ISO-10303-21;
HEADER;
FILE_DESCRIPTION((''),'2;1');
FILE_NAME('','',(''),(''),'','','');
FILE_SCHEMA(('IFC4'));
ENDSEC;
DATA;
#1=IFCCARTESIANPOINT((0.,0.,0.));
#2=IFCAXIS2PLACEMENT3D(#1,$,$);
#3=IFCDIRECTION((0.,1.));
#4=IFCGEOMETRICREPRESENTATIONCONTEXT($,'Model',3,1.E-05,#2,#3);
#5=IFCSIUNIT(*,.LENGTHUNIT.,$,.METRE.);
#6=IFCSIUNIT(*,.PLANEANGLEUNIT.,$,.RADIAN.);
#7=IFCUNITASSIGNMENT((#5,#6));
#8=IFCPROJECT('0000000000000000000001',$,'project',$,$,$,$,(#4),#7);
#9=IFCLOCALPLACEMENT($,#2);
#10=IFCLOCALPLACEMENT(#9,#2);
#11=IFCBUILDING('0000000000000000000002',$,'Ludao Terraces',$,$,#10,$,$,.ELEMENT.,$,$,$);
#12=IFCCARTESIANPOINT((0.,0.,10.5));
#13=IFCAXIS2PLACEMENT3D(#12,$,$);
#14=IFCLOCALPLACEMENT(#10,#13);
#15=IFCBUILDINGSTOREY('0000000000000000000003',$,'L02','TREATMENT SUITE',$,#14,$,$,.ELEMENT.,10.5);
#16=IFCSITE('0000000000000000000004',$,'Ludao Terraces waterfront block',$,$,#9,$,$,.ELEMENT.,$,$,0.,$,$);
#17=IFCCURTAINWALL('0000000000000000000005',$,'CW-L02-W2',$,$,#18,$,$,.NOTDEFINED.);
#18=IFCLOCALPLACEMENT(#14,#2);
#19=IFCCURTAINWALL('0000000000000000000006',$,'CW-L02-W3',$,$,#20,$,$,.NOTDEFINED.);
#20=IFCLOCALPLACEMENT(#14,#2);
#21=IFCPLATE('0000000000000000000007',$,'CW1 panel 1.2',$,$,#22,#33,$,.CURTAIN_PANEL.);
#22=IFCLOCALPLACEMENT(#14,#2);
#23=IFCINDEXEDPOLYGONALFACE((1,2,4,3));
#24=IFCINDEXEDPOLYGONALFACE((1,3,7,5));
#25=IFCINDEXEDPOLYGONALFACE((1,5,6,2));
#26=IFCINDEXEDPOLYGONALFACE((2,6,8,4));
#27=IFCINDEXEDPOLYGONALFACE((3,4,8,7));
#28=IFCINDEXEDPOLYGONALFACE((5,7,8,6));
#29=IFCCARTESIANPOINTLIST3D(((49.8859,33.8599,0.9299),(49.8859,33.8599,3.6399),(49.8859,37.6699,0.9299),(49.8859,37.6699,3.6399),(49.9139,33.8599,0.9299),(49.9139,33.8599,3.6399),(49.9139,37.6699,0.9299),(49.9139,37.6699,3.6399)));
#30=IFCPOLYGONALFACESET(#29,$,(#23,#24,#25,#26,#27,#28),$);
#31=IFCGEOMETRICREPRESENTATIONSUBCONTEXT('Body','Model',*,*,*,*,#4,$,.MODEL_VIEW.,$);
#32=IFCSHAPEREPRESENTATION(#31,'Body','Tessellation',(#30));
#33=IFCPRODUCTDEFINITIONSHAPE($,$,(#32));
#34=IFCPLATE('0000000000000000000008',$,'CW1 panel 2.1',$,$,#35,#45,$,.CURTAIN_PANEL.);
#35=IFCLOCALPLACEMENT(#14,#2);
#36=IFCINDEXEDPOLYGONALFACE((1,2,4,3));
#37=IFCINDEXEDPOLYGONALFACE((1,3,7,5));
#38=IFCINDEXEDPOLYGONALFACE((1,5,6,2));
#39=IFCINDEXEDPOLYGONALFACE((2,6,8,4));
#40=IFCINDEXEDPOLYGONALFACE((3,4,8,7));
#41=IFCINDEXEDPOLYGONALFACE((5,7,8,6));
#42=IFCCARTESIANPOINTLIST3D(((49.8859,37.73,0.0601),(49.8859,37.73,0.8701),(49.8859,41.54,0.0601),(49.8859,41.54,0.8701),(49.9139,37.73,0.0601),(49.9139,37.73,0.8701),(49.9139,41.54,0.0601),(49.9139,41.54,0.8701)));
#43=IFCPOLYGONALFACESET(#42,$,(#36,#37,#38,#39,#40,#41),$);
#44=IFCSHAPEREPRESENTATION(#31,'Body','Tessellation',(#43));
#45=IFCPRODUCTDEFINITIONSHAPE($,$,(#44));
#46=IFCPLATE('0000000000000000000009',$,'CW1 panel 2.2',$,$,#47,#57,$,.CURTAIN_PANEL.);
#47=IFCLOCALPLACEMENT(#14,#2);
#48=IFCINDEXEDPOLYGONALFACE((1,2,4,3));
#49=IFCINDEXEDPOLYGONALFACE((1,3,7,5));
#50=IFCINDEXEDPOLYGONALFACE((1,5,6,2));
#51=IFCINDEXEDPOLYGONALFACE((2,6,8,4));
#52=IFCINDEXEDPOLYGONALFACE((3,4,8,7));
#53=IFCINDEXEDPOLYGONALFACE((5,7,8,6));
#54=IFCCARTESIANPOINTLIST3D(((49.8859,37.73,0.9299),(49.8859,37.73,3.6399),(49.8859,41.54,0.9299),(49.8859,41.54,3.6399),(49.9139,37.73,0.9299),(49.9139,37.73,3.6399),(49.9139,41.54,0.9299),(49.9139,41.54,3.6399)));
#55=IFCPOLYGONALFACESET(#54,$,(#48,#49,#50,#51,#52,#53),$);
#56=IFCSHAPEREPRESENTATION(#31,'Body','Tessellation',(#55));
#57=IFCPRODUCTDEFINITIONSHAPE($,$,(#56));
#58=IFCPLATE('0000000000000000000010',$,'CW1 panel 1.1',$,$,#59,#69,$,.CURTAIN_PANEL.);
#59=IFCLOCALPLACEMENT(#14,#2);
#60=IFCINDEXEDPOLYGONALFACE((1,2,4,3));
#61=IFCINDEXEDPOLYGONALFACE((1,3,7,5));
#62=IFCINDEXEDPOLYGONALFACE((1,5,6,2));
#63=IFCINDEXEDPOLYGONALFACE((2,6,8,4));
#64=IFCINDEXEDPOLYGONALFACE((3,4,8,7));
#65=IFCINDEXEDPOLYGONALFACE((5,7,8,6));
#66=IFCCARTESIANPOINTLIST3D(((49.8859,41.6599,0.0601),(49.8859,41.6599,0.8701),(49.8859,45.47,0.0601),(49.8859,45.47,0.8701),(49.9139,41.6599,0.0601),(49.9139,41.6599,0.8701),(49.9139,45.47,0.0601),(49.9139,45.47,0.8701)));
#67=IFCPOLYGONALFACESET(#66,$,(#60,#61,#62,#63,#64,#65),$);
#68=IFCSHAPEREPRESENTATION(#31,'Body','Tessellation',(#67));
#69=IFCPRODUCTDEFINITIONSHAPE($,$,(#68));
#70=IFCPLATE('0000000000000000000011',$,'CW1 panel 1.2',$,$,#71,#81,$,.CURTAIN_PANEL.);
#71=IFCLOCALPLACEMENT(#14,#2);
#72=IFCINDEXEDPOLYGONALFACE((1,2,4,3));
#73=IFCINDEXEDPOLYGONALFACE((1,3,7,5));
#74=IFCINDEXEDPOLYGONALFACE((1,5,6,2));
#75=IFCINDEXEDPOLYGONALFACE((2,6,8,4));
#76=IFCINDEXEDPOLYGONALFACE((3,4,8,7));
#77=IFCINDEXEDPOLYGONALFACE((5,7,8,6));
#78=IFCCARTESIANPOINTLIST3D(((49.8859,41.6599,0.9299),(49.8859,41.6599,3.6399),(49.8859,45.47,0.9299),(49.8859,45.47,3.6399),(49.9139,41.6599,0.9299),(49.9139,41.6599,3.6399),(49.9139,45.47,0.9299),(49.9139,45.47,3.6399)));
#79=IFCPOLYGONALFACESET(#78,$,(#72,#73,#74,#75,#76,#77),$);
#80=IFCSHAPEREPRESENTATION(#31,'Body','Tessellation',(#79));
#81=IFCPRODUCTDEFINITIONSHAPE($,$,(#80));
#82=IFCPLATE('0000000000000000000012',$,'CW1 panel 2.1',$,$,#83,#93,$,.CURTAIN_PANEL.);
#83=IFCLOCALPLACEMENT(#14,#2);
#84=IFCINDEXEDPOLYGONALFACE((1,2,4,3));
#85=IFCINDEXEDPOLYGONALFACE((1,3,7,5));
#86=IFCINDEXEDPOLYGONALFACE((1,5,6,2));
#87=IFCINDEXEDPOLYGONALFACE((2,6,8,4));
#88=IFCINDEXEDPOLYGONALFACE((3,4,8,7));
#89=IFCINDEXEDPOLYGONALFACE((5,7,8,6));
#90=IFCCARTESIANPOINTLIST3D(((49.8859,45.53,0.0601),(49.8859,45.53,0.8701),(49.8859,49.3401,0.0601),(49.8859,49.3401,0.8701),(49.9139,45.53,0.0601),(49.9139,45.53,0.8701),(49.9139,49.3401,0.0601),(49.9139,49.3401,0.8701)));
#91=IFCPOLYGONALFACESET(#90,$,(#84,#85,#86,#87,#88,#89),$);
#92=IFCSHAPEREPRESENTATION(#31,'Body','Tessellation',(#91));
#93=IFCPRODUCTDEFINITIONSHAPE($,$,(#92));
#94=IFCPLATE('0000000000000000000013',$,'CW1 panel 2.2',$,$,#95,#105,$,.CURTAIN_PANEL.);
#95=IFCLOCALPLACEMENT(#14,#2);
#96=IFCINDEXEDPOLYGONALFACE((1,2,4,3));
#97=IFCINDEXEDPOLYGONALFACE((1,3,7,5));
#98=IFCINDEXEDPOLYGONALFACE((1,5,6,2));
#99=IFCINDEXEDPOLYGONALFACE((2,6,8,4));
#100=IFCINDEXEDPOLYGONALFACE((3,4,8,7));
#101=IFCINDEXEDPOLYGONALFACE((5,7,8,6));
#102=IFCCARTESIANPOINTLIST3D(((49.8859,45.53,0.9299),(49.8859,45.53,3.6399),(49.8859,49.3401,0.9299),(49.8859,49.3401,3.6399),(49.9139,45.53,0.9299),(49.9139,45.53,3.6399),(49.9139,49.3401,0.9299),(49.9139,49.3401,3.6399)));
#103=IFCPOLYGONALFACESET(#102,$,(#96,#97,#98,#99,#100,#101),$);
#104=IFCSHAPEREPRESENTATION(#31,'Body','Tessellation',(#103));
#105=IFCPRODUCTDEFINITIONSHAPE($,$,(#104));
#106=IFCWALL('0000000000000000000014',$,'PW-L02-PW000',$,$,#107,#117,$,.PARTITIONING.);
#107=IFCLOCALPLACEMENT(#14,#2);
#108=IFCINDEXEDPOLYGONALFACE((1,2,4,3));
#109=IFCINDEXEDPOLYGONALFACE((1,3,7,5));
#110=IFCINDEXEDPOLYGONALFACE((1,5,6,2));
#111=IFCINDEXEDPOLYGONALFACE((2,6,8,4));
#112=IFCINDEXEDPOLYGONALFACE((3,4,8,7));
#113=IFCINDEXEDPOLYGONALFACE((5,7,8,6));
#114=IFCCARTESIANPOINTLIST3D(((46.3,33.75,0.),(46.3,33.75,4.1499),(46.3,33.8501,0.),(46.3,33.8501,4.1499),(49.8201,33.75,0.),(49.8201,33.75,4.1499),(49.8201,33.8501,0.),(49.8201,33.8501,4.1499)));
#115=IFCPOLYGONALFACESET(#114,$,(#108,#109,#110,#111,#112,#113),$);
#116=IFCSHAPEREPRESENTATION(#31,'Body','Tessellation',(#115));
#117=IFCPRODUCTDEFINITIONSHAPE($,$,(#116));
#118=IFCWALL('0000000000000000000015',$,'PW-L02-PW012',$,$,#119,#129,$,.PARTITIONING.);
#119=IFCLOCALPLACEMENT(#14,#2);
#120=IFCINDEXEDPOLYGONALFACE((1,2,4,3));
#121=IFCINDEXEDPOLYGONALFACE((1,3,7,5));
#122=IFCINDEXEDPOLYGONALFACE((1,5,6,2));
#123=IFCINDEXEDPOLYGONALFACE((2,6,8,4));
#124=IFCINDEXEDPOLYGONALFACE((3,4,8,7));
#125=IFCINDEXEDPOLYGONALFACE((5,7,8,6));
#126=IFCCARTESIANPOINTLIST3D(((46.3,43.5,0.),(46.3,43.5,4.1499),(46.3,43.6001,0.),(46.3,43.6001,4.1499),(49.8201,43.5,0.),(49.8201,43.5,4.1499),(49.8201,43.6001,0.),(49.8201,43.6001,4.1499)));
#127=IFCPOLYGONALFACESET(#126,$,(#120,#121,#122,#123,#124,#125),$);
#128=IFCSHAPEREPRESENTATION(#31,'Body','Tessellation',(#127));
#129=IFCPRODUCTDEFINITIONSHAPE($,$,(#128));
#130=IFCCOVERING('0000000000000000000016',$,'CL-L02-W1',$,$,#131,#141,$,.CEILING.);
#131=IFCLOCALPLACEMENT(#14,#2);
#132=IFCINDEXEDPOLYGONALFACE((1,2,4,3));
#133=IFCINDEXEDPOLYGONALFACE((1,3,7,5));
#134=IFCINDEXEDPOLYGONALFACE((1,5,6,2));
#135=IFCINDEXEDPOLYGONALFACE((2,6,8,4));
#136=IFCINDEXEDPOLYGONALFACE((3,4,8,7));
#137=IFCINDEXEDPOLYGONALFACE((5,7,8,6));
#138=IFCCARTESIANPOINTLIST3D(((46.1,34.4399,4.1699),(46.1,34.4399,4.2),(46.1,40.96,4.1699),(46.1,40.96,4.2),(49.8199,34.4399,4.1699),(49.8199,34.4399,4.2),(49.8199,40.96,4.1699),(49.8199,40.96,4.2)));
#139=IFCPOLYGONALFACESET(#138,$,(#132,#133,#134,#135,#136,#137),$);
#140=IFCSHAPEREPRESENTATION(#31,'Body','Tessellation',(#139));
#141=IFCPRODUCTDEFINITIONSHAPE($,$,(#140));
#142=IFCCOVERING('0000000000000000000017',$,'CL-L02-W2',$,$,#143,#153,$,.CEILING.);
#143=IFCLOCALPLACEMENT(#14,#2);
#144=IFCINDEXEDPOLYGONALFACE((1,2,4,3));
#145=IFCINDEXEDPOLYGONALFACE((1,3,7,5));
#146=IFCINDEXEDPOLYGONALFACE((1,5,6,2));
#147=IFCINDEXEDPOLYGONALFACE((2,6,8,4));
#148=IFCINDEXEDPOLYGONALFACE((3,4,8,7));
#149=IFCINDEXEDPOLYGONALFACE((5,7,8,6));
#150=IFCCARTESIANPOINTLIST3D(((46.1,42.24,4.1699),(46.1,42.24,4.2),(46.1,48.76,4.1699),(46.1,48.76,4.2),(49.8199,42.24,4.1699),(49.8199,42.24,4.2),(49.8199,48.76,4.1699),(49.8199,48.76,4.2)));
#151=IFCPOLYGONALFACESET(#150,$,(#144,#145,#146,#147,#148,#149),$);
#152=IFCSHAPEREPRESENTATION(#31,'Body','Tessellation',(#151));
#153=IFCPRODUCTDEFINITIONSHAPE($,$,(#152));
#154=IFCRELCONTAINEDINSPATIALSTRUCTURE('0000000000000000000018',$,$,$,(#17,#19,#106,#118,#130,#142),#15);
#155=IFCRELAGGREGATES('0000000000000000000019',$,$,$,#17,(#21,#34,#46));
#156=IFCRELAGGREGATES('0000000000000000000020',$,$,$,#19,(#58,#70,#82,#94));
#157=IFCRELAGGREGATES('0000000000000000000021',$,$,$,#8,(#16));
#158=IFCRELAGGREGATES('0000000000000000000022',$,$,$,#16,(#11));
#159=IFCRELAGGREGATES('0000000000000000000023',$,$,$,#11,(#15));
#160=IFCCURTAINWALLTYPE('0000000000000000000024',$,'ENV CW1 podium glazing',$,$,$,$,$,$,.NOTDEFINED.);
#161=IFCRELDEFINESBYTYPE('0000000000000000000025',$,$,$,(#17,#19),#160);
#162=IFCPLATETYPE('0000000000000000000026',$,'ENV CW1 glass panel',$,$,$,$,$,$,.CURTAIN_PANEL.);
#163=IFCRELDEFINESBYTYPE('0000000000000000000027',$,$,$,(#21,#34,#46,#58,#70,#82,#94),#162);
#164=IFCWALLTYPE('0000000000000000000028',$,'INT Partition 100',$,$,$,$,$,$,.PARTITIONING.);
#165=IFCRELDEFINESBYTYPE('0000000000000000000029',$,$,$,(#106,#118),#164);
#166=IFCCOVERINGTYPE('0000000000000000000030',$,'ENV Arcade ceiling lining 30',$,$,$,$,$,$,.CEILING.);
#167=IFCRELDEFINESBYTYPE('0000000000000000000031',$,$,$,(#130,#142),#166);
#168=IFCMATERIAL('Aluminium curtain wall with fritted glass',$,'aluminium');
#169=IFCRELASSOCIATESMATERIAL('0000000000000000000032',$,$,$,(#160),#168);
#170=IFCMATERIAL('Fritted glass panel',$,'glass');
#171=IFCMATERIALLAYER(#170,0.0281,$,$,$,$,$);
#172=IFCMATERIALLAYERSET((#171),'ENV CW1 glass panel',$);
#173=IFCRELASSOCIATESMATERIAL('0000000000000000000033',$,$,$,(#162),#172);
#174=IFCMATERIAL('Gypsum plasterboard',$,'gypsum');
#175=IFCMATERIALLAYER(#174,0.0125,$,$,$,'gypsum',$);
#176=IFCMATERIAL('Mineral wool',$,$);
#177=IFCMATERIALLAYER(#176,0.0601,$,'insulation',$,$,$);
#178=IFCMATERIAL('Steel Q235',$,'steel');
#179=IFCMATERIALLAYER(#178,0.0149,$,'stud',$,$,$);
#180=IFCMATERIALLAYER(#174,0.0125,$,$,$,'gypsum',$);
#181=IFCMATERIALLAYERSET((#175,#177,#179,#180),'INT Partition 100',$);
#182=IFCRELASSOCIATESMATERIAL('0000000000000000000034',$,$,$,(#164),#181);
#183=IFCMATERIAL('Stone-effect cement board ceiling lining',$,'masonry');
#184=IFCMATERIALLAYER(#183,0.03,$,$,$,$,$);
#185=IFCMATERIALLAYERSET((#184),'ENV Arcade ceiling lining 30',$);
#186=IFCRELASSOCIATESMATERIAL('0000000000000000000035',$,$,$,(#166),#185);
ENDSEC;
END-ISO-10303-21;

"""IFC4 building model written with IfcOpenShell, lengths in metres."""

from ifc_helpers import new_model, si_unit, direction, frame, frame_2d, origin, origin_2d, place, context, subcontext, project, spatial, rectangle, extrude, material, layer, layer_set, type_object, element, aggregate, save


model = new_model("IFC4")

# Units and contexts
model_context = context("Model", 3, precision=1e-05, world=origin(), true_north=direction((0.0, 1.0)))
body_context = subcontext(model_context, "Body", "Model", "MODEL_VIEW")
ifc_project = project(units=[si_unit("LENGTHUNIT", "METRE"), si_unit("PLANEANGLEUNIT", "RADIAN")], contexts=[model_context])

# Site, building, storey
site_placement = place(None, origin())
site = spatial("IfcSite", under=ifc_project, at=site_placement, Name="Ludao Terraces waterfront block", CompositionType="ELEMENT", RefElevation=0.0)
building_placement = place(site_placement, origin())
building = spatial("IfcBuilding", under=site, at=building_placement, Name="Ludao Terraces", CompositionType="ELEMENT")
storey_placement = place(building_placement, frame((0.0, 0.0, 10.5)))
storey = spatial("IfcBuildingStorey", under=building, at=storey_placement, Name="L02", Description="TREATMENT SUITE", CompositionType="ELEMENT", Elevation=10.5)

# Curtain walls
ifc_material_1 = material(Name="Aluminium curtain wall with fritted glass", Category="aluminium")
curtain_wall_type = type_object("IfcCurtainWallType", Name="ENV CW1 podium glazing", PredefinedType="NOTDEFINED", material=ifc_material_1)
curtain_wall_1_placement = place(storey_placement, origin())
curtain_wall_1 = element("IfcCurtainWall", 1, at=curtain_wall_1_placement, inside=storey, type_object=curtain_wall_type, Name="CW-L02-W2", PredefinedType="NOTDEFINED")
curtain_wall_2_placement = place(storey_placement, origin())
curtain_wall_2 = element("IfcCurtainWall", 2, at=curtain_wall_2_placement, inside=storey, type_object=curtain_wall_type, Name="CW-L02-W3", PredefinedType="NOTDEFINED")

# Plates
ifc_material_2 = material(Name="Fritted glass panel", Category="glass")
ifc_layer_1 = layer(ifc_material_2, 0.0281)
ifc_layer_set_1 = layer_set([ifc_layer_1], Name="ENV CW1 glass panel")
plate_type = type_object("IfcPlateType", Name="ENV CW1 glass panel", PredefinedType="CURTAIN_PANEL", material=ifc_layer_set_1)
plate_1_placement = place(storey_placement, frame((49.8999, 35.7649, 0.9299), z_axis=(0.0, 0.0, 1.0), x_axis=(0.0, 1.0, 0.0)))
plate_1 = element("IfcPlate", 3, at=plate_1_placement, type_object=plate_type, Name="CW1 panel 1.2", PredefinedType="CURTAIN_PANEL", context=body_context, shape_type="SweptSolid", body=[
    extrude(rectangle(XDim=3.8101, YDim=0.0281, at=origin_2d()), origin(), (0.0, 0.0, 1.0), 2.71),
])
plate_2_placement = place(storey_placement, frame((49.8999, 39.635, 0.0601), z_axis=(0.0, 0.0, 1.0), x_axis=(0.0, 1.0, 0.0)))
plate_2 = element("IfcPlate", 4, at=plate_2_placement, type_object=plate_type, Name="CW1 panel 2.1", PredefinedType="CURTAIN_PANEL", context=body_context, shape_type="SweptSolid", body=[
    extrude(rectangle(XDim=3.8101, YDim=0.0281, at=origin_2d()), origin(), (0.0, 0.0, 1.0), 0.8101),
])
plate_3_placement = place(storey_placement, frame((49.8999, 39.635, 0.9299), z_axis=(0.0, 0.0, 1.0), x_axis=(0.0, 1.0, 0.0)))
plate_3 = element("IfcPlate", 5, at=plate_3_placement, type_object=plate_type, Name="CW1 panel 2.2", PredefinedType="CURTAIN_PANEL", context=body_context, shape_type="SweptSolid", body=[
    extrude(rectangle(XDim=3.8101, YDim=0.0281, at=origin_2d()), origin(), (0.0, 0.0, 1.0), 2.71),
])
aggregate(curtain_wall_1, [plate_1, plate_2, plate_3])
plate_4_placement = place(storey_placement, frame((49.8999, 43.5649, 0.0601), z_axis=(0.0, 0.0, 1.0), x_axis=(0.0, 1.0, 0.0)))
plate_4 = element("IfcPlate", 6, at=plate_4_placement, type_object=plate_type, Name="CW1 panel 1.1", PredefinedType="CURTAIN_PANEL", context=body_context, shape_type="SweptSolid", body=[
    extrude(rectangle(XDim=3.8101, YDim=0.0281, at=origin_2d()), origin(), (0.0, 0.0, 1.0), 0.8101),
])
plate_5_placement = place(storey_placement, frame((49.8999, 43.5649, 0.9299), z_axis=(0.0, 0.0, 1.0), x_axis=(0.0, 1.0, 0.0)))
plate_5 = element("IfcPlate", 7, at=plate_5_placement, type_object=plate_type, Name="CW1 panel 1.2", PredefinedType="CURTAIN_PANEL", context=body_context, shape_type="SweptSolid", body=[
    extrude(rectangle(XDim=3.8101, YDim=0.0281, at=origin_2d()), origin(), (0.0, 0.0, 1.0), 2.71),
])
plate_6_placement = place(storey_placement, frame((49.8999, 47.4351, 0.0601), z_axis=(0.0, 0.0, 1.0), x_axis=(0.0, 1.0, 0.0)))
plate_6 = element("IfcPlate", 8, at=plate_6_placement, type_object=plate_type, Name="CW1 panel 2.1", PredefinedType="CURTAIN_PANEL", context=body_context, shape_type="SweptSolid", body=[
    extrude(rectangle(XDim=3.8101, YDim=0.0281, at=origin_2d()), origin(), (0.0, 0.0, 1.0), 0.8101),
])
plate_7_placement = place(storey_placement, frame((49.8999, 47.4351, 0.9299), z_axis=(0.0, 0.0, 1.0), x_axis=(0.0, 1.0, 0.0)))
plate_7 = element("IfcPlate", 9, at=plate_7_placement, type_object=plate_type, Name="CW1 panel 2.2", PredefinedType="CURTAIN_PANEL", context=body_context, shape_type="SweptSolid", body=[
    extrude(rectangle(XDim=3.8101, YDim=0.0281, at=origin_2d()), origin(), (0.0, 0.0, 1.0), 2.71),
])
aggregate(curtain_wall_2, [plate_4, plate_5, plate_6, plate_7])

# Walls
ifc_material_3 = material(Name="Gypsum plasterboard", Category="gypsum")
ifc_layer_2 = layer(ifc_material_3, 0.0125, Category="gypsum")
ifc_material_4 = material(Name="Mineral wool")
ifc_layer_3 = layer(ifc_material_4, 0.0601, Name="insulation")
ifc_material_5 = material(Name="Steel Q235", Category="steel")
ifc_layer_4 = layer(ifc_material_5, 0.0149, Name="stud")
ifc_layer_5 = layer(ifc_material_3, 0.0125, Category="gypsum")
ifc_layer_set_2 = layer_set([ifc_layer_2, ifc_layer_3, ifc_layer_4, ifc_layer_5], Name="INT Partition 100")
wall_type = type_object("IfcWallType", Name="INT Partition 100", PredefinedType="PARTITIONING", material=ifc_layer_set_2)
for number, where, z_axis, x_axis, name in (
    (10, (46.3, 33.8, 0.0), (0.0, 0.0, 1.0), (1.0, 0.0, 0.0), "PW-L02-PW000"),
    (11, (46.3, 43.55, 0.0), (0.0, 0.0, 1.0), (1.0, 0.0, 0.0), "PW-L02-PW012"),
):
    element("IfcWall", number, at=place(storey_placement, frame(where, z_axis=z_axis, x_axis=x_axis)), inside=storey, type_object=wall_type, Name=name, PredefinedType="PARTITIONING", context=body_context, shape_type="SweptSolid", body=[
        extrude(rectangle(XDim=3.52, YDim=0.1001, at=frame_2d((1.76, 0.0))), origin(), (0.0, 0.0, 1.0), 4.1499),
    ])

# Coverings
ifc_material_6 = material(Name="Stone-effect cement board ceiling lining", Category="masonry")
ifc_layer_6 = layer(ifc_material_6, 0.03)
ifc_layer_set_3 = layer_set([ifc_layer_6], Name="ENV Arcade ceiling lining 30")
covering_type = type_object("IfcCoveringType", Name="ENV Arcade ceiling lining 30", PredefinedType="CEILING", material=ifc_layer_set_3)
for number, where, z_axis, x_axis, name in (
    (12, (47.96, 37.7, 4.1699), (0.0, 0.0, 1.0), (1.0, 0.0, 0.0), "CL-L02-W1"),
    (13, (47.96, 45.5, 4.1699), (0.0, 0.0, 1.0), (1.0, 0.0, 0.0), "CL-L02-W2"),
):
    element("IfcCovering", number, at=place(storey_placement, frame(where, z_axis=z_axis, x_axis=x_axis)), inside=storey, type_object=covering_type, Name=name, PredefinedType="CEILING", context=body_context, shape_type="SweptSolid", body=[
        extrude(rectangle(XDim=3.72, YDim=6.52, at=origin_2d()), origin(), (0.0, 0.0, 1.0), 0.03),
    ])

save(model, "model.ifc")
